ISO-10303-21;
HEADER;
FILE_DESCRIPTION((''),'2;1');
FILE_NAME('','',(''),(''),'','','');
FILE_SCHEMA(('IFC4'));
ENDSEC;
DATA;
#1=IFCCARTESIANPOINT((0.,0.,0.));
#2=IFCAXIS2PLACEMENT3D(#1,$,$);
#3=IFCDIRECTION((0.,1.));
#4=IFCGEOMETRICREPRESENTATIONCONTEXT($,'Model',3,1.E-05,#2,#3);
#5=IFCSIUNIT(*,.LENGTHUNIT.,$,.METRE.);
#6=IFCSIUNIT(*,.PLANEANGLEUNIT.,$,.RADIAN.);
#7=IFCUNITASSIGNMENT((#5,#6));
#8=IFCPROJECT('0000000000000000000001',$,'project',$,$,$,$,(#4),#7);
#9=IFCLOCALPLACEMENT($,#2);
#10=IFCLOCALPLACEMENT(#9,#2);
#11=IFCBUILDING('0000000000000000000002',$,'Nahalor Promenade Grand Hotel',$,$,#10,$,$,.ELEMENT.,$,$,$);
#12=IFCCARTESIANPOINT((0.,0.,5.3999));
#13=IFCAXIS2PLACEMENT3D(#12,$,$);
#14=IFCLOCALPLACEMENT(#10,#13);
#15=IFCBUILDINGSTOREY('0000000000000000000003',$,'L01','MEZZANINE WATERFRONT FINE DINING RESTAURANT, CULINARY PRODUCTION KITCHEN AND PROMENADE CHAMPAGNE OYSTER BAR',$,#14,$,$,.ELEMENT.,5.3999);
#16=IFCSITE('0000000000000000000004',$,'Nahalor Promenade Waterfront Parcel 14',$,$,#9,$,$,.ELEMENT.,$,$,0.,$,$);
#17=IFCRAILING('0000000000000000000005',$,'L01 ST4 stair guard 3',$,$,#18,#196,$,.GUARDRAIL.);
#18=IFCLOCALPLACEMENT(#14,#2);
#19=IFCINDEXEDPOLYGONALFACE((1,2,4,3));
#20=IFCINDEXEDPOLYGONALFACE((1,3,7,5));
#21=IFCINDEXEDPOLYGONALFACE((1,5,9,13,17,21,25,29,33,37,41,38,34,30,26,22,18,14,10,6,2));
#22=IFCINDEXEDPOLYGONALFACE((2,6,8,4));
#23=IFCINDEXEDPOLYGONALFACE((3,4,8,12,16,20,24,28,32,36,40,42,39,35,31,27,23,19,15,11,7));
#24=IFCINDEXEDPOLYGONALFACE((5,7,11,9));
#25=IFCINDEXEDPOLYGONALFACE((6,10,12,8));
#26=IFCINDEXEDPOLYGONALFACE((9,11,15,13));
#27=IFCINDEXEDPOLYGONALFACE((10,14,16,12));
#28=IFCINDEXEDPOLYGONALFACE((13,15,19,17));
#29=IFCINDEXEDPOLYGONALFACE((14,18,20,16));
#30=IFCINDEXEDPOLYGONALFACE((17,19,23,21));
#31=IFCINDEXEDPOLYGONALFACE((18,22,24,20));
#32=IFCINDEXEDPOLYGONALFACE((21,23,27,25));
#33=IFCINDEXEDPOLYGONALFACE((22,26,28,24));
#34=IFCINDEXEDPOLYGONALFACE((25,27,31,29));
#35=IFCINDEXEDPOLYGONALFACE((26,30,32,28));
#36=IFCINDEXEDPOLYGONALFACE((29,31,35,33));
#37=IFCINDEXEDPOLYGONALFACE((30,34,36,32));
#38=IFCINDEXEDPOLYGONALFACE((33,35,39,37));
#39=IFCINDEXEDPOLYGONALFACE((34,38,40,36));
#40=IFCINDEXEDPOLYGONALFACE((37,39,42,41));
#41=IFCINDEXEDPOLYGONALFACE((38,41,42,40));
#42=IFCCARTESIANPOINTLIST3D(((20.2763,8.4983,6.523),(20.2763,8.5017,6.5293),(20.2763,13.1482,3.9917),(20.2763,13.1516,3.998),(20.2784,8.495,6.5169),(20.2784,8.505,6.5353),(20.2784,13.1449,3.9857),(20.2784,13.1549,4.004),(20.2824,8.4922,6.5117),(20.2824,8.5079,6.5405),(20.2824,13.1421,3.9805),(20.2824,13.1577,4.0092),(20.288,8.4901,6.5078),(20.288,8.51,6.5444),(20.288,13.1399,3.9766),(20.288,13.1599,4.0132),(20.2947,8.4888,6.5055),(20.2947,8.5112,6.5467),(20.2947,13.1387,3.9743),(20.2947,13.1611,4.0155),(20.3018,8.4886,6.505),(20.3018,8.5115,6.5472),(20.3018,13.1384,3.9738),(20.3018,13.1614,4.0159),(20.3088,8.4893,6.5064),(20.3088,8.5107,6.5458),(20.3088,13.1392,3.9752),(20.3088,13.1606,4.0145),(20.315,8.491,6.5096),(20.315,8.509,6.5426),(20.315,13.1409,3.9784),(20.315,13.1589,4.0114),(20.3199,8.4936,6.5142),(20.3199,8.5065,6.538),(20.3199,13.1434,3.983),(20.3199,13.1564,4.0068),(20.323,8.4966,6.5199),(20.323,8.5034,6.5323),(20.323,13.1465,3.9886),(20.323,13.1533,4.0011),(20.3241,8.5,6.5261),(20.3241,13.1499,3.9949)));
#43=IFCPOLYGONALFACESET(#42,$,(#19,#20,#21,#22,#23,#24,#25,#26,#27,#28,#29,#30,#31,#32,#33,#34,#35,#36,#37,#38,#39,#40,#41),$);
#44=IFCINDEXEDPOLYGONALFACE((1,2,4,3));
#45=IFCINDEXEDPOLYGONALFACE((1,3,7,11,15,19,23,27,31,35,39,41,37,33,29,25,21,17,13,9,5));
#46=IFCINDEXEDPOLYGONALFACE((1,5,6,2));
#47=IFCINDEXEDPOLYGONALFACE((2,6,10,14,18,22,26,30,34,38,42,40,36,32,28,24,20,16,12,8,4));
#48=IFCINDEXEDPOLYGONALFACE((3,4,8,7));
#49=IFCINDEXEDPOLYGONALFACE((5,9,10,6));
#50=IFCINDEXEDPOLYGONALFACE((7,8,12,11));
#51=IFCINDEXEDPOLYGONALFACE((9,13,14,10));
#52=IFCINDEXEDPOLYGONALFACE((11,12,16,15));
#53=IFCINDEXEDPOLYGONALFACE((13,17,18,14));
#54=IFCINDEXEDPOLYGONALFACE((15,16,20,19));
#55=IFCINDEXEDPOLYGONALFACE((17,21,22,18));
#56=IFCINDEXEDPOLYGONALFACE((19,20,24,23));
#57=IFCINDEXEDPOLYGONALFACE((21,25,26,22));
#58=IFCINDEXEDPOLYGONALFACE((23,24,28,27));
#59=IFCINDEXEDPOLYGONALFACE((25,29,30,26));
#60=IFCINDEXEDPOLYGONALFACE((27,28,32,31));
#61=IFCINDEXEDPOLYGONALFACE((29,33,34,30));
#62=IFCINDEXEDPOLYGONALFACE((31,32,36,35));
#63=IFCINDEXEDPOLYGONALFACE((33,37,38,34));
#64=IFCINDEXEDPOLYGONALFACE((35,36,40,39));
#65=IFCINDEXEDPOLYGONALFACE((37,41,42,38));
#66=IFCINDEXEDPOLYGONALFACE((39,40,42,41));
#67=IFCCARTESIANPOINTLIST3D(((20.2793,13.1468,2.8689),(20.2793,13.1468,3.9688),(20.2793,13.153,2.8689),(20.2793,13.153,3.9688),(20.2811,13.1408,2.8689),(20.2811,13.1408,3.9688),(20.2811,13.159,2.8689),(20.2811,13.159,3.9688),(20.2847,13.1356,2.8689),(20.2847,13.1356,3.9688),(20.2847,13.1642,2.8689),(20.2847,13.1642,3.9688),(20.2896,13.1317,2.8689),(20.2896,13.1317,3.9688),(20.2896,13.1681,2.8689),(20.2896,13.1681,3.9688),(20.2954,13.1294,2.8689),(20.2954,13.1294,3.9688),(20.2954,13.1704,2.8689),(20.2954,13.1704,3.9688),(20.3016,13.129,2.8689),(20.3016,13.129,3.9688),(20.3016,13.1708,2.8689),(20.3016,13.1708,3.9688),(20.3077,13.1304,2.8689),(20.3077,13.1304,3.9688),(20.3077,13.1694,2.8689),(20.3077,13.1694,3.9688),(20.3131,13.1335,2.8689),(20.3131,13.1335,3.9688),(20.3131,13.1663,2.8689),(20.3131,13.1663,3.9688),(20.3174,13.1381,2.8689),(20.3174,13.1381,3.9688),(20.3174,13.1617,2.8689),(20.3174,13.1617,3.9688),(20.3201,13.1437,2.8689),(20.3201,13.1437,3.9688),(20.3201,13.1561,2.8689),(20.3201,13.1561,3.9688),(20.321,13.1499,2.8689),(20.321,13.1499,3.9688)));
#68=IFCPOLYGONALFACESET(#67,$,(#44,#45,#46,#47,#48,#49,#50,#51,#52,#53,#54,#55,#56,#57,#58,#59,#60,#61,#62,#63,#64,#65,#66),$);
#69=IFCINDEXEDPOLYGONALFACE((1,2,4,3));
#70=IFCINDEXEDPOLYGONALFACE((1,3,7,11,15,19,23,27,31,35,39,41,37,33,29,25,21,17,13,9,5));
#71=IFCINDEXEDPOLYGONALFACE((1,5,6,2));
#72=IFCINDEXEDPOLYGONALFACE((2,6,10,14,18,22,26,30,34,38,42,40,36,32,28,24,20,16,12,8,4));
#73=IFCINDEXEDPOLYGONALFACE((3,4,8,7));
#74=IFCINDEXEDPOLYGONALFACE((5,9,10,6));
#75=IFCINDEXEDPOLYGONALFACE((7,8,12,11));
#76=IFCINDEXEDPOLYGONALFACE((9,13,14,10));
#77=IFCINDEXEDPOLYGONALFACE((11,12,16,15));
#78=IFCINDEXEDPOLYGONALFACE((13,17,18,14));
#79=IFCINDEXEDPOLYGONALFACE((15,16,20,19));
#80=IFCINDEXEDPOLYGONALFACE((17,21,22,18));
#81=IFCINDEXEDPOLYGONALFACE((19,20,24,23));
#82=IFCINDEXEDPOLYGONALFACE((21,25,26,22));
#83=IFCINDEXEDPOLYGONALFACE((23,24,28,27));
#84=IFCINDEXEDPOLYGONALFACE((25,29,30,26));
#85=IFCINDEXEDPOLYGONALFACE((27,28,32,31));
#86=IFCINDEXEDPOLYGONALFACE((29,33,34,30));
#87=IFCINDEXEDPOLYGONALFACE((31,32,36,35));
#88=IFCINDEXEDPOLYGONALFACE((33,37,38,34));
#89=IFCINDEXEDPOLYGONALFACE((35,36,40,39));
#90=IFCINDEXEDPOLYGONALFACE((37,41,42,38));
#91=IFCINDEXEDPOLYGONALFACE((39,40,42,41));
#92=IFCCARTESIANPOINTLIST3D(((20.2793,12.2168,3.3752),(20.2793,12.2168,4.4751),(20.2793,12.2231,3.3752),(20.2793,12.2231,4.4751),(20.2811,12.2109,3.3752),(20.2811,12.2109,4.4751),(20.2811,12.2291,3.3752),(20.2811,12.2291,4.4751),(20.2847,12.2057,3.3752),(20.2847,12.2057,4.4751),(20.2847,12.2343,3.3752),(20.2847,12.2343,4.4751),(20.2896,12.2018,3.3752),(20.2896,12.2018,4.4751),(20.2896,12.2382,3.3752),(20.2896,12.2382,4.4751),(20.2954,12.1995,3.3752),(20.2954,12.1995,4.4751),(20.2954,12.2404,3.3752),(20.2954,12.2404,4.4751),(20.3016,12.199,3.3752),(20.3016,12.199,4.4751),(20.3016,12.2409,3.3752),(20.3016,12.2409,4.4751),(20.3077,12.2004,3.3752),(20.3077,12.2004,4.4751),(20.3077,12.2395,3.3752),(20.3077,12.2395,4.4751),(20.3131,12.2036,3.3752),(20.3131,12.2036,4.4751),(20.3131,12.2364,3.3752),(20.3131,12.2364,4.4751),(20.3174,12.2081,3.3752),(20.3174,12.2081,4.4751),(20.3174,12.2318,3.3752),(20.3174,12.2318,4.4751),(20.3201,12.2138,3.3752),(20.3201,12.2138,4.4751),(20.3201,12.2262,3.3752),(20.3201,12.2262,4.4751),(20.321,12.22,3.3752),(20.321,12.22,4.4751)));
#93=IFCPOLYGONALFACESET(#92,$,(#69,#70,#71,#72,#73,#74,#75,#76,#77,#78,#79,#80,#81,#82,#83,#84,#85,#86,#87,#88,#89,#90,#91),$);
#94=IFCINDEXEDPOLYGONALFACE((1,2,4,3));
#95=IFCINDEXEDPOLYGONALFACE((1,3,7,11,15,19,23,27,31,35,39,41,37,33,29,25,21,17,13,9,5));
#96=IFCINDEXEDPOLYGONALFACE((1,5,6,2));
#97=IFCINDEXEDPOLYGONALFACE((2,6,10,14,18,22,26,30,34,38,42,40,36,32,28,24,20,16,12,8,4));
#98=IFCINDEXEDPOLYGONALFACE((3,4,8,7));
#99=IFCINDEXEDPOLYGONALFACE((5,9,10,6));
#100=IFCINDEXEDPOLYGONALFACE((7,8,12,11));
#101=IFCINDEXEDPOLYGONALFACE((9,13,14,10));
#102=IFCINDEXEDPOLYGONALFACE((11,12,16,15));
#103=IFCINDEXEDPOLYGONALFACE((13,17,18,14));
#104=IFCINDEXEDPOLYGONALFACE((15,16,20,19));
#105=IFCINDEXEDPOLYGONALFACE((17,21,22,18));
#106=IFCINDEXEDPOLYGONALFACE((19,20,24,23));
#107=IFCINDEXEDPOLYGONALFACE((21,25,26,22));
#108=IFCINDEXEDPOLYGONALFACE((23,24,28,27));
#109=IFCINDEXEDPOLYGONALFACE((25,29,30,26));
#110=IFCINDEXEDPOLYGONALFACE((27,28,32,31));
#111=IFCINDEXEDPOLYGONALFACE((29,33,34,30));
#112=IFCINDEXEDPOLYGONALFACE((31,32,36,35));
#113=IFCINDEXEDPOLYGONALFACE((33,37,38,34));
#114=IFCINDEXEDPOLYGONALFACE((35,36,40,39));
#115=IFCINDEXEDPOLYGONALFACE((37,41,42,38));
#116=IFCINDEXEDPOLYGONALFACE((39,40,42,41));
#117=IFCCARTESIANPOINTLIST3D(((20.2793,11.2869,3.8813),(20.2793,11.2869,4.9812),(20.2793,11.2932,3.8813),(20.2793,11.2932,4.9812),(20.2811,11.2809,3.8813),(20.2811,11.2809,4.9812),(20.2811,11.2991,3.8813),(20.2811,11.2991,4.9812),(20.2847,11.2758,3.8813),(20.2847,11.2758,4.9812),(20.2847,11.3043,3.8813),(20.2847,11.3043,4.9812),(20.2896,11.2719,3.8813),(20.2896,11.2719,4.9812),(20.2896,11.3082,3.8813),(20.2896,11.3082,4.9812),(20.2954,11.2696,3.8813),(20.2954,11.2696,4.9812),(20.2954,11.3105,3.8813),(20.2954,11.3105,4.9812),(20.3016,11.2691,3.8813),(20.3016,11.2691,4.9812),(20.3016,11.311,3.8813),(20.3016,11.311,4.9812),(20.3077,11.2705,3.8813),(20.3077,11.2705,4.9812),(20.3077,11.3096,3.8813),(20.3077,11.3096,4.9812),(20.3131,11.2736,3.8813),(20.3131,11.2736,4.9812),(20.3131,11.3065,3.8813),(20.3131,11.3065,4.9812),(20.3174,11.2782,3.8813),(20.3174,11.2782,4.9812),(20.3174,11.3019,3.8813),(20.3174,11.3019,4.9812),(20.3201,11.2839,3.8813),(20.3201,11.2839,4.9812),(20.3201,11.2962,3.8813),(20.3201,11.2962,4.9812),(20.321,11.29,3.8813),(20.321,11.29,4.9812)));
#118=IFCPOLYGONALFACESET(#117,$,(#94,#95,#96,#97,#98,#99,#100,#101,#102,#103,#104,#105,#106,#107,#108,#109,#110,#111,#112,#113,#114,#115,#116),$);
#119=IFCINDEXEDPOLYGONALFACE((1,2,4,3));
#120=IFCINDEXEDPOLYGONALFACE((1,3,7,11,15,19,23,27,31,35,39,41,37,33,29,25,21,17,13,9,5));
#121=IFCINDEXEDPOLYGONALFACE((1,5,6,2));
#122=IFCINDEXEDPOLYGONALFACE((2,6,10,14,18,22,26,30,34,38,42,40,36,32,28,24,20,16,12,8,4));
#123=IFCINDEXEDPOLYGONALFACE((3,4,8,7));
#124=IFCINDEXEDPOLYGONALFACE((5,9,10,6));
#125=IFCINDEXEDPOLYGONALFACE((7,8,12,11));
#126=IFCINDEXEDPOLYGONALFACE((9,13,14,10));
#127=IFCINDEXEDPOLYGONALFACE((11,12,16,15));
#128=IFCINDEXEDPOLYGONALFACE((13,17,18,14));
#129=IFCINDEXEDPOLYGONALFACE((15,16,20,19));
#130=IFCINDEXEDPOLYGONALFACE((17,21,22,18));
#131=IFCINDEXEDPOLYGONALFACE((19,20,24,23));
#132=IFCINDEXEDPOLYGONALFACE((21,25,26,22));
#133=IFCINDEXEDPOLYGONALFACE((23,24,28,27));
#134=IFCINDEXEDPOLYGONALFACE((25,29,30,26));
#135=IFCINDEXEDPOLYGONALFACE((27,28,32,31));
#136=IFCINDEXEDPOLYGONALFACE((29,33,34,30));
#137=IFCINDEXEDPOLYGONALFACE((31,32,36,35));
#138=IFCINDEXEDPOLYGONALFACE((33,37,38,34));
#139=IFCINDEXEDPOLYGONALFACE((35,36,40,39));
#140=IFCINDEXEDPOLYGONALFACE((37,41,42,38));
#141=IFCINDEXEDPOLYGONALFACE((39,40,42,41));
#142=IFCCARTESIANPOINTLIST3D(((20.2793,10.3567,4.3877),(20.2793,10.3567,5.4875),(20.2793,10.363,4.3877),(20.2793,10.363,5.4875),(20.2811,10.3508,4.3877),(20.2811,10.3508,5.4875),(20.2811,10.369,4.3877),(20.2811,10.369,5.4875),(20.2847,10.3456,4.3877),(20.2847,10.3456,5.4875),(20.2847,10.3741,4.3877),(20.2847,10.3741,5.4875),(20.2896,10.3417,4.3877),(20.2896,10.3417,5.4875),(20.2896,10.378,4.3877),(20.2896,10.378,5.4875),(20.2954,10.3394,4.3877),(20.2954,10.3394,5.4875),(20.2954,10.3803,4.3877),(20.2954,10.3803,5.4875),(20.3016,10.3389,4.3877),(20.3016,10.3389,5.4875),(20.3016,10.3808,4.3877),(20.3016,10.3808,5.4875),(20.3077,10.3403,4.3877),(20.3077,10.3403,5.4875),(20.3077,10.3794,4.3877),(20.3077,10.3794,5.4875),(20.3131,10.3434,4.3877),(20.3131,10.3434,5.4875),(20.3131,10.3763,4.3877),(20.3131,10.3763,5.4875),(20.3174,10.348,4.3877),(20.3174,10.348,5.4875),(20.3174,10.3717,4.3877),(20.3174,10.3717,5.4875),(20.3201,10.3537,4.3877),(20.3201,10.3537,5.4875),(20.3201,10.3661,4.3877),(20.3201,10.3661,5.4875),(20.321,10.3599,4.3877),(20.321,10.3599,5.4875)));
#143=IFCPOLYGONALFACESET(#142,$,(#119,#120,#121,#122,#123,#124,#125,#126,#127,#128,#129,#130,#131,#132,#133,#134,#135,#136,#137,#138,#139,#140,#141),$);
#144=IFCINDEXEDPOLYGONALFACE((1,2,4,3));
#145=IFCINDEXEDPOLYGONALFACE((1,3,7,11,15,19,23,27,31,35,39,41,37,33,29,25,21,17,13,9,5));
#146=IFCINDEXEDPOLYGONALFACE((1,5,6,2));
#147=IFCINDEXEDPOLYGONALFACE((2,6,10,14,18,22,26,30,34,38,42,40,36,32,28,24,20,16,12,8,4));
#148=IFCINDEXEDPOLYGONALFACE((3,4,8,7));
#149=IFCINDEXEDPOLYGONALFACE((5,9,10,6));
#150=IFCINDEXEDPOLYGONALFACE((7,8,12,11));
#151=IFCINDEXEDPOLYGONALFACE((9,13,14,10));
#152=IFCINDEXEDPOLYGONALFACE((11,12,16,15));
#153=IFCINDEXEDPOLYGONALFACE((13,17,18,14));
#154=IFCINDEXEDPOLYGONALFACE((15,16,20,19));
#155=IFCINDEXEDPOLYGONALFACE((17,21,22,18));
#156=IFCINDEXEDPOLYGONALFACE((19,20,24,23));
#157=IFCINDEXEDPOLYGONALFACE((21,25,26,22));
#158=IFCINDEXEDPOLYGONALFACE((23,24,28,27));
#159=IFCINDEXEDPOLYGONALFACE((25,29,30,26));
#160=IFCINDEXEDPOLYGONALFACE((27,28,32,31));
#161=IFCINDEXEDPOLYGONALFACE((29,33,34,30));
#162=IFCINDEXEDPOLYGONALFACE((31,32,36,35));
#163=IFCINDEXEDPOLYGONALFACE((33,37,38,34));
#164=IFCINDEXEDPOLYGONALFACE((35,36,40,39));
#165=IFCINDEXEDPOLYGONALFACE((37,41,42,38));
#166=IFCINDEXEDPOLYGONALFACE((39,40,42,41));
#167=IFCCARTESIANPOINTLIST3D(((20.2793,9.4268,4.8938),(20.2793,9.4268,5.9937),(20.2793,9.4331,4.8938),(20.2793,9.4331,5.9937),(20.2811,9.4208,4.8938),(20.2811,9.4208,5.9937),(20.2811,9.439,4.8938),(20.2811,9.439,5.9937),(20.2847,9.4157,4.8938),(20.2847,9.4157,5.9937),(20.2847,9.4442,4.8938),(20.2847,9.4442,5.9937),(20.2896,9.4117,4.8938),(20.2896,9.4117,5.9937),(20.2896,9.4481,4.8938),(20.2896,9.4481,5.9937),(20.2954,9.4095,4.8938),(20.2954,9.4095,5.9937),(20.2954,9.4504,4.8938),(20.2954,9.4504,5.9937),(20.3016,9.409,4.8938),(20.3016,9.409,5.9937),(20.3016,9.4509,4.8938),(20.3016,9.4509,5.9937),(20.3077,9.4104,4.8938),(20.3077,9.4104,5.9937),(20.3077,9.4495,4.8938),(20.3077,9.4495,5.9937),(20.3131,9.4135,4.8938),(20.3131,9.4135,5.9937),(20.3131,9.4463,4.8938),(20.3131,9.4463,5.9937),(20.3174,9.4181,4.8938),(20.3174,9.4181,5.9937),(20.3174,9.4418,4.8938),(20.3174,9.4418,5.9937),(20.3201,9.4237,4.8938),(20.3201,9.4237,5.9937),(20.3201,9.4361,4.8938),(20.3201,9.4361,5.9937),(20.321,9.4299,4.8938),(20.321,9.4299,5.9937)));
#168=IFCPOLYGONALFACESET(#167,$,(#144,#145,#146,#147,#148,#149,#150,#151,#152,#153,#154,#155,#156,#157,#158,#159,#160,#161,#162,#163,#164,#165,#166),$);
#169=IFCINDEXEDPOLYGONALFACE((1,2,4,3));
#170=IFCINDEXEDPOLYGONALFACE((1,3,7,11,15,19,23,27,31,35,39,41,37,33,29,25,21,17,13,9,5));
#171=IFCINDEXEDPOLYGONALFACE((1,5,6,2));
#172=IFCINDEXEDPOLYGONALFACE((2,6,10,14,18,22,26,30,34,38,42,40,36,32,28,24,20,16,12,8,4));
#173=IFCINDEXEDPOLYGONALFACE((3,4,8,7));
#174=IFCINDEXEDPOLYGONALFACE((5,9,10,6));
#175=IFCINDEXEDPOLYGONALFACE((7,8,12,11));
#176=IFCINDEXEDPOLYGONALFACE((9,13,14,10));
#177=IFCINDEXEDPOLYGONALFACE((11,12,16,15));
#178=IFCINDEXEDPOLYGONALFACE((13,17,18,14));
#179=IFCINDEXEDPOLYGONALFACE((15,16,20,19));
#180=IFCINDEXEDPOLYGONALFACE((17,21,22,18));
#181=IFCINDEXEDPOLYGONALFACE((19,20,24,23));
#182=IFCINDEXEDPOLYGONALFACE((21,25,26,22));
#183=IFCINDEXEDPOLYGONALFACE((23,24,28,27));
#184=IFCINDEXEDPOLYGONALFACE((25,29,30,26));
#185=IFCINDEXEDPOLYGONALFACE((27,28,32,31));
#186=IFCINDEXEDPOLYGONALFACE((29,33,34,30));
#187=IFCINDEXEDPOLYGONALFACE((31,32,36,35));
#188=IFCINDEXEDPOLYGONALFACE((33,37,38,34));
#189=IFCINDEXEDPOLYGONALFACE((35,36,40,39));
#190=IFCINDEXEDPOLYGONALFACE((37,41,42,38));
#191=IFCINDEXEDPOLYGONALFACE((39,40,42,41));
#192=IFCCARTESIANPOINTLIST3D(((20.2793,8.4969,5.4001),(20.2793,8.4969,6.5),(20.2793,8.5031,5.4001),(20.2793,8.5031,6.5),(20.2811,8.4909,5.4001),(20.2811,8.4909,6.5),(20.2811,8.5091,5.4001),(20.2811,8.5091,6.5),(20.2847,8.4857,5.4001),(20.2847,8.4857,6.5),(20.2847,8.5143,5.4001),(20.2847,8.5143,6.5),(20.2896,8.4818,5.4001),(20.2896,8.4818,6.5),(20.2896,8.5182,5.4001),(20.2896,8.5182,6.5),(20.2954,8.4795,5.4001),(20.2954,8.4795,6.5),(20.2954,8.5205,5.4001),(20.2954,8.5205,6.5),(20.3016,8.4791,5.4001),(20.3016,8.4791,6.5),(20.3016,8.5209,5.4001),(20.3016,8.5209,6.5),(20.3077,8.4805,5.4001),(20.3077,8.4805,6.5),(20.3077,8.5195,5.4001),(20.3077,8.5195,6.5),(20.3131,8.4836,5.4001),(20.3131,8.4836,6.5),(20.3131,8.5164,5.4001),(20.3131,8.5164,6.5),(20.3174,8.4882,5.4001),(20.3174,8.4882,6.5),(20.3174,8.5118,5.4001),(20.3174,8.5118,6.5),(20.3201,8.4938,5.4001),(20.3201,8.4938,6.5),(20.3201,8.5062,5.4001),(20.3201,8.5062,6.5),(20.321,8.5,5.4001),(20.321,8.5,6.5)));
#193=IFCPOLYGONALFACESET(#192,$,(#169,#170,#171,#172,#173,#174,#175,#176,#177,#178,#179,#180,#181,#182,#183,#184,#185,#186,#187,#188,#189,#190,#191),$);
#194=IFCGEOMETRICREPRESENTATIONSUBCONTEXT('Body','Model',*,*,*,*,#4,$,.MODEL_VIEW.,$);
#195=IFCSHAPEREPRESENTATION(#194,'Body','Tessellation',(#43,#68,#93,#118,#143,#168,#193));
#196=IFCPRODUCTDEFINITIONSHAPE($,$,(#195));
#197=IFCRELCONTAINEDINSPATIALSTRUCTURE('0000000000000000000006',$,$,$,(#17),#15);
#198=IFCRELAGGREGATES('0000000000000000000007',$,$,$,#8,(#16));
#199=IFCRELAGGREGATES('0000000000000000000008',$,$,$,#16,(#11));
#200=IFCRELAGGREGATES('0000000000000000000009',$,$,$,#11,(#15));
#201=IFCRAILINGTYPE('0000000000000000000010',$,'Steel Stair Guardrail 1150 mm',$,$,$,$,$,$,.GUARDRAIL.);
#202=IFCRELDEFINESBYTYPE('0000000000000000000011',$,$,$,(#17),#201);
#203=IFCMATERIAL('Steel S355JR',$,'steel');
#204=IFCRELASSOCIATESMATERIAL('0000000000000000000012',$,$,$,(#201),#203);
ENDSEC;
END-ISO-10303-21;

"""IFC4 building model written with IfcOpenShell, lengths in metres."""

from ifc_helpers import new_model, si_unit, direction, frame, origin, origin_2d, place, context, subcontext, project, spatial, circle, extrude, material, type_object, element, save


model = new_model("IFC4")

# Units and contexts
model_context = context("Model", 3, precision=1e-05, world=origin(), true_north=direction((0.0, 1.0)))
body_context = subcontext(model_context, "Body", "Model", "MODEL_VIEW")
ifc_project = project(units=[si_unit("LENGTHUNIT", "METRE"), si_unit("PLANEANGLEUNIT", "RADIAN")], contexts=[model_context])

# Site, building, storey
site_placement = place(None, origin())
site = spatial("IfcSite", under=ifc_project, at=site_placement, Name="Nahalor Promenade Waterfront Parcel 14", CompositionType="ELEMENT", RefElevation=0.0)
building_placement = place(site_placement, origin())
building = spatial("IfcBuilding", under=site, at=building_placement, Name="Nahalor Promenade Grand Hotel", CompositionType="ELEMENT")
storey_placement = place(building_placement, frame((0.0, 0.0, 5.3999)))
storey = spatial("IfcBuildingStorey", under=building, at=storey_placement, Name="L01", Description="MEZZANINE WATERFRONT FINE DINING RESTAURANT, CULINARY PRODUCTION KITCHEN AND PROMENADE CHAMPAGNE OYSTER BAR", CompositionType="ELEMENT", Elevation=5.3999)

# Shared definitions
ifc_material_1 = material(Name="Steel S355JR", Category="steel")

# Railing
railing_type_1 = type_object("IfcRailingType", Name="Steel Stair Guardrail 1150 mm", PredefinedType="GUARDRAIL", material=ifc_material_1)
railing_1_placement = place(storey_placement, frame((20.3, 13.1499, 2.8689)))
element("IfcRailing", 1, at=railing_1_placement, inside=storey, type_object=railing_type_1, Name="L01 ST4 stair guard 3", PredefinedType="GUARDRAIL", context=body_context, shape_type="SweptSolid", body=[
    extrude(circle(Radius=0.024, at=origin_2d()), frame((0.0, 0.0, 1.126), z_axis=(0.0, -0.878297, 0.478115), x_axis=(1.0, 0.0, 0.0)), (0.0, 0.0, 1.0), 5.2942),
    extrude(circle(Radius=0.021, at=origin_2d()), origin(), (0.0, 0.0, 1.0), 1.0999),
    extrude(circle(Radius=0.021, at=origin_2d()), frame((0.0, -0.9299, 0.5063)), (0.0, 0.0, 1.0), 1.0999),
    extrude(circle(Radius=0.021, at=origin_2d()), frame((0.0, -1.8599, 1.0125)), (0.0, 0.0, 1.0), 1.0999),
    extrude(circle(Radius=0.021, at=origin_2d()), frame((0.0, -2.79, 1.5188)), (0.0, 0.0, 1.0), 1.0999),
    extrude(circle(Radius=0.021, at=origin_2d()), frame((0.0, -3.72, 2.0249)), (0.0, 0.0, 1.0), 1.0999),
    extrude(circle(Radius=0.021, at=origin_2d()), frame((0.0, -4.6499, 2.5312)), (0.0, 0.0, 1.0), 1.0999),
])

save(model, "model.ifc")
